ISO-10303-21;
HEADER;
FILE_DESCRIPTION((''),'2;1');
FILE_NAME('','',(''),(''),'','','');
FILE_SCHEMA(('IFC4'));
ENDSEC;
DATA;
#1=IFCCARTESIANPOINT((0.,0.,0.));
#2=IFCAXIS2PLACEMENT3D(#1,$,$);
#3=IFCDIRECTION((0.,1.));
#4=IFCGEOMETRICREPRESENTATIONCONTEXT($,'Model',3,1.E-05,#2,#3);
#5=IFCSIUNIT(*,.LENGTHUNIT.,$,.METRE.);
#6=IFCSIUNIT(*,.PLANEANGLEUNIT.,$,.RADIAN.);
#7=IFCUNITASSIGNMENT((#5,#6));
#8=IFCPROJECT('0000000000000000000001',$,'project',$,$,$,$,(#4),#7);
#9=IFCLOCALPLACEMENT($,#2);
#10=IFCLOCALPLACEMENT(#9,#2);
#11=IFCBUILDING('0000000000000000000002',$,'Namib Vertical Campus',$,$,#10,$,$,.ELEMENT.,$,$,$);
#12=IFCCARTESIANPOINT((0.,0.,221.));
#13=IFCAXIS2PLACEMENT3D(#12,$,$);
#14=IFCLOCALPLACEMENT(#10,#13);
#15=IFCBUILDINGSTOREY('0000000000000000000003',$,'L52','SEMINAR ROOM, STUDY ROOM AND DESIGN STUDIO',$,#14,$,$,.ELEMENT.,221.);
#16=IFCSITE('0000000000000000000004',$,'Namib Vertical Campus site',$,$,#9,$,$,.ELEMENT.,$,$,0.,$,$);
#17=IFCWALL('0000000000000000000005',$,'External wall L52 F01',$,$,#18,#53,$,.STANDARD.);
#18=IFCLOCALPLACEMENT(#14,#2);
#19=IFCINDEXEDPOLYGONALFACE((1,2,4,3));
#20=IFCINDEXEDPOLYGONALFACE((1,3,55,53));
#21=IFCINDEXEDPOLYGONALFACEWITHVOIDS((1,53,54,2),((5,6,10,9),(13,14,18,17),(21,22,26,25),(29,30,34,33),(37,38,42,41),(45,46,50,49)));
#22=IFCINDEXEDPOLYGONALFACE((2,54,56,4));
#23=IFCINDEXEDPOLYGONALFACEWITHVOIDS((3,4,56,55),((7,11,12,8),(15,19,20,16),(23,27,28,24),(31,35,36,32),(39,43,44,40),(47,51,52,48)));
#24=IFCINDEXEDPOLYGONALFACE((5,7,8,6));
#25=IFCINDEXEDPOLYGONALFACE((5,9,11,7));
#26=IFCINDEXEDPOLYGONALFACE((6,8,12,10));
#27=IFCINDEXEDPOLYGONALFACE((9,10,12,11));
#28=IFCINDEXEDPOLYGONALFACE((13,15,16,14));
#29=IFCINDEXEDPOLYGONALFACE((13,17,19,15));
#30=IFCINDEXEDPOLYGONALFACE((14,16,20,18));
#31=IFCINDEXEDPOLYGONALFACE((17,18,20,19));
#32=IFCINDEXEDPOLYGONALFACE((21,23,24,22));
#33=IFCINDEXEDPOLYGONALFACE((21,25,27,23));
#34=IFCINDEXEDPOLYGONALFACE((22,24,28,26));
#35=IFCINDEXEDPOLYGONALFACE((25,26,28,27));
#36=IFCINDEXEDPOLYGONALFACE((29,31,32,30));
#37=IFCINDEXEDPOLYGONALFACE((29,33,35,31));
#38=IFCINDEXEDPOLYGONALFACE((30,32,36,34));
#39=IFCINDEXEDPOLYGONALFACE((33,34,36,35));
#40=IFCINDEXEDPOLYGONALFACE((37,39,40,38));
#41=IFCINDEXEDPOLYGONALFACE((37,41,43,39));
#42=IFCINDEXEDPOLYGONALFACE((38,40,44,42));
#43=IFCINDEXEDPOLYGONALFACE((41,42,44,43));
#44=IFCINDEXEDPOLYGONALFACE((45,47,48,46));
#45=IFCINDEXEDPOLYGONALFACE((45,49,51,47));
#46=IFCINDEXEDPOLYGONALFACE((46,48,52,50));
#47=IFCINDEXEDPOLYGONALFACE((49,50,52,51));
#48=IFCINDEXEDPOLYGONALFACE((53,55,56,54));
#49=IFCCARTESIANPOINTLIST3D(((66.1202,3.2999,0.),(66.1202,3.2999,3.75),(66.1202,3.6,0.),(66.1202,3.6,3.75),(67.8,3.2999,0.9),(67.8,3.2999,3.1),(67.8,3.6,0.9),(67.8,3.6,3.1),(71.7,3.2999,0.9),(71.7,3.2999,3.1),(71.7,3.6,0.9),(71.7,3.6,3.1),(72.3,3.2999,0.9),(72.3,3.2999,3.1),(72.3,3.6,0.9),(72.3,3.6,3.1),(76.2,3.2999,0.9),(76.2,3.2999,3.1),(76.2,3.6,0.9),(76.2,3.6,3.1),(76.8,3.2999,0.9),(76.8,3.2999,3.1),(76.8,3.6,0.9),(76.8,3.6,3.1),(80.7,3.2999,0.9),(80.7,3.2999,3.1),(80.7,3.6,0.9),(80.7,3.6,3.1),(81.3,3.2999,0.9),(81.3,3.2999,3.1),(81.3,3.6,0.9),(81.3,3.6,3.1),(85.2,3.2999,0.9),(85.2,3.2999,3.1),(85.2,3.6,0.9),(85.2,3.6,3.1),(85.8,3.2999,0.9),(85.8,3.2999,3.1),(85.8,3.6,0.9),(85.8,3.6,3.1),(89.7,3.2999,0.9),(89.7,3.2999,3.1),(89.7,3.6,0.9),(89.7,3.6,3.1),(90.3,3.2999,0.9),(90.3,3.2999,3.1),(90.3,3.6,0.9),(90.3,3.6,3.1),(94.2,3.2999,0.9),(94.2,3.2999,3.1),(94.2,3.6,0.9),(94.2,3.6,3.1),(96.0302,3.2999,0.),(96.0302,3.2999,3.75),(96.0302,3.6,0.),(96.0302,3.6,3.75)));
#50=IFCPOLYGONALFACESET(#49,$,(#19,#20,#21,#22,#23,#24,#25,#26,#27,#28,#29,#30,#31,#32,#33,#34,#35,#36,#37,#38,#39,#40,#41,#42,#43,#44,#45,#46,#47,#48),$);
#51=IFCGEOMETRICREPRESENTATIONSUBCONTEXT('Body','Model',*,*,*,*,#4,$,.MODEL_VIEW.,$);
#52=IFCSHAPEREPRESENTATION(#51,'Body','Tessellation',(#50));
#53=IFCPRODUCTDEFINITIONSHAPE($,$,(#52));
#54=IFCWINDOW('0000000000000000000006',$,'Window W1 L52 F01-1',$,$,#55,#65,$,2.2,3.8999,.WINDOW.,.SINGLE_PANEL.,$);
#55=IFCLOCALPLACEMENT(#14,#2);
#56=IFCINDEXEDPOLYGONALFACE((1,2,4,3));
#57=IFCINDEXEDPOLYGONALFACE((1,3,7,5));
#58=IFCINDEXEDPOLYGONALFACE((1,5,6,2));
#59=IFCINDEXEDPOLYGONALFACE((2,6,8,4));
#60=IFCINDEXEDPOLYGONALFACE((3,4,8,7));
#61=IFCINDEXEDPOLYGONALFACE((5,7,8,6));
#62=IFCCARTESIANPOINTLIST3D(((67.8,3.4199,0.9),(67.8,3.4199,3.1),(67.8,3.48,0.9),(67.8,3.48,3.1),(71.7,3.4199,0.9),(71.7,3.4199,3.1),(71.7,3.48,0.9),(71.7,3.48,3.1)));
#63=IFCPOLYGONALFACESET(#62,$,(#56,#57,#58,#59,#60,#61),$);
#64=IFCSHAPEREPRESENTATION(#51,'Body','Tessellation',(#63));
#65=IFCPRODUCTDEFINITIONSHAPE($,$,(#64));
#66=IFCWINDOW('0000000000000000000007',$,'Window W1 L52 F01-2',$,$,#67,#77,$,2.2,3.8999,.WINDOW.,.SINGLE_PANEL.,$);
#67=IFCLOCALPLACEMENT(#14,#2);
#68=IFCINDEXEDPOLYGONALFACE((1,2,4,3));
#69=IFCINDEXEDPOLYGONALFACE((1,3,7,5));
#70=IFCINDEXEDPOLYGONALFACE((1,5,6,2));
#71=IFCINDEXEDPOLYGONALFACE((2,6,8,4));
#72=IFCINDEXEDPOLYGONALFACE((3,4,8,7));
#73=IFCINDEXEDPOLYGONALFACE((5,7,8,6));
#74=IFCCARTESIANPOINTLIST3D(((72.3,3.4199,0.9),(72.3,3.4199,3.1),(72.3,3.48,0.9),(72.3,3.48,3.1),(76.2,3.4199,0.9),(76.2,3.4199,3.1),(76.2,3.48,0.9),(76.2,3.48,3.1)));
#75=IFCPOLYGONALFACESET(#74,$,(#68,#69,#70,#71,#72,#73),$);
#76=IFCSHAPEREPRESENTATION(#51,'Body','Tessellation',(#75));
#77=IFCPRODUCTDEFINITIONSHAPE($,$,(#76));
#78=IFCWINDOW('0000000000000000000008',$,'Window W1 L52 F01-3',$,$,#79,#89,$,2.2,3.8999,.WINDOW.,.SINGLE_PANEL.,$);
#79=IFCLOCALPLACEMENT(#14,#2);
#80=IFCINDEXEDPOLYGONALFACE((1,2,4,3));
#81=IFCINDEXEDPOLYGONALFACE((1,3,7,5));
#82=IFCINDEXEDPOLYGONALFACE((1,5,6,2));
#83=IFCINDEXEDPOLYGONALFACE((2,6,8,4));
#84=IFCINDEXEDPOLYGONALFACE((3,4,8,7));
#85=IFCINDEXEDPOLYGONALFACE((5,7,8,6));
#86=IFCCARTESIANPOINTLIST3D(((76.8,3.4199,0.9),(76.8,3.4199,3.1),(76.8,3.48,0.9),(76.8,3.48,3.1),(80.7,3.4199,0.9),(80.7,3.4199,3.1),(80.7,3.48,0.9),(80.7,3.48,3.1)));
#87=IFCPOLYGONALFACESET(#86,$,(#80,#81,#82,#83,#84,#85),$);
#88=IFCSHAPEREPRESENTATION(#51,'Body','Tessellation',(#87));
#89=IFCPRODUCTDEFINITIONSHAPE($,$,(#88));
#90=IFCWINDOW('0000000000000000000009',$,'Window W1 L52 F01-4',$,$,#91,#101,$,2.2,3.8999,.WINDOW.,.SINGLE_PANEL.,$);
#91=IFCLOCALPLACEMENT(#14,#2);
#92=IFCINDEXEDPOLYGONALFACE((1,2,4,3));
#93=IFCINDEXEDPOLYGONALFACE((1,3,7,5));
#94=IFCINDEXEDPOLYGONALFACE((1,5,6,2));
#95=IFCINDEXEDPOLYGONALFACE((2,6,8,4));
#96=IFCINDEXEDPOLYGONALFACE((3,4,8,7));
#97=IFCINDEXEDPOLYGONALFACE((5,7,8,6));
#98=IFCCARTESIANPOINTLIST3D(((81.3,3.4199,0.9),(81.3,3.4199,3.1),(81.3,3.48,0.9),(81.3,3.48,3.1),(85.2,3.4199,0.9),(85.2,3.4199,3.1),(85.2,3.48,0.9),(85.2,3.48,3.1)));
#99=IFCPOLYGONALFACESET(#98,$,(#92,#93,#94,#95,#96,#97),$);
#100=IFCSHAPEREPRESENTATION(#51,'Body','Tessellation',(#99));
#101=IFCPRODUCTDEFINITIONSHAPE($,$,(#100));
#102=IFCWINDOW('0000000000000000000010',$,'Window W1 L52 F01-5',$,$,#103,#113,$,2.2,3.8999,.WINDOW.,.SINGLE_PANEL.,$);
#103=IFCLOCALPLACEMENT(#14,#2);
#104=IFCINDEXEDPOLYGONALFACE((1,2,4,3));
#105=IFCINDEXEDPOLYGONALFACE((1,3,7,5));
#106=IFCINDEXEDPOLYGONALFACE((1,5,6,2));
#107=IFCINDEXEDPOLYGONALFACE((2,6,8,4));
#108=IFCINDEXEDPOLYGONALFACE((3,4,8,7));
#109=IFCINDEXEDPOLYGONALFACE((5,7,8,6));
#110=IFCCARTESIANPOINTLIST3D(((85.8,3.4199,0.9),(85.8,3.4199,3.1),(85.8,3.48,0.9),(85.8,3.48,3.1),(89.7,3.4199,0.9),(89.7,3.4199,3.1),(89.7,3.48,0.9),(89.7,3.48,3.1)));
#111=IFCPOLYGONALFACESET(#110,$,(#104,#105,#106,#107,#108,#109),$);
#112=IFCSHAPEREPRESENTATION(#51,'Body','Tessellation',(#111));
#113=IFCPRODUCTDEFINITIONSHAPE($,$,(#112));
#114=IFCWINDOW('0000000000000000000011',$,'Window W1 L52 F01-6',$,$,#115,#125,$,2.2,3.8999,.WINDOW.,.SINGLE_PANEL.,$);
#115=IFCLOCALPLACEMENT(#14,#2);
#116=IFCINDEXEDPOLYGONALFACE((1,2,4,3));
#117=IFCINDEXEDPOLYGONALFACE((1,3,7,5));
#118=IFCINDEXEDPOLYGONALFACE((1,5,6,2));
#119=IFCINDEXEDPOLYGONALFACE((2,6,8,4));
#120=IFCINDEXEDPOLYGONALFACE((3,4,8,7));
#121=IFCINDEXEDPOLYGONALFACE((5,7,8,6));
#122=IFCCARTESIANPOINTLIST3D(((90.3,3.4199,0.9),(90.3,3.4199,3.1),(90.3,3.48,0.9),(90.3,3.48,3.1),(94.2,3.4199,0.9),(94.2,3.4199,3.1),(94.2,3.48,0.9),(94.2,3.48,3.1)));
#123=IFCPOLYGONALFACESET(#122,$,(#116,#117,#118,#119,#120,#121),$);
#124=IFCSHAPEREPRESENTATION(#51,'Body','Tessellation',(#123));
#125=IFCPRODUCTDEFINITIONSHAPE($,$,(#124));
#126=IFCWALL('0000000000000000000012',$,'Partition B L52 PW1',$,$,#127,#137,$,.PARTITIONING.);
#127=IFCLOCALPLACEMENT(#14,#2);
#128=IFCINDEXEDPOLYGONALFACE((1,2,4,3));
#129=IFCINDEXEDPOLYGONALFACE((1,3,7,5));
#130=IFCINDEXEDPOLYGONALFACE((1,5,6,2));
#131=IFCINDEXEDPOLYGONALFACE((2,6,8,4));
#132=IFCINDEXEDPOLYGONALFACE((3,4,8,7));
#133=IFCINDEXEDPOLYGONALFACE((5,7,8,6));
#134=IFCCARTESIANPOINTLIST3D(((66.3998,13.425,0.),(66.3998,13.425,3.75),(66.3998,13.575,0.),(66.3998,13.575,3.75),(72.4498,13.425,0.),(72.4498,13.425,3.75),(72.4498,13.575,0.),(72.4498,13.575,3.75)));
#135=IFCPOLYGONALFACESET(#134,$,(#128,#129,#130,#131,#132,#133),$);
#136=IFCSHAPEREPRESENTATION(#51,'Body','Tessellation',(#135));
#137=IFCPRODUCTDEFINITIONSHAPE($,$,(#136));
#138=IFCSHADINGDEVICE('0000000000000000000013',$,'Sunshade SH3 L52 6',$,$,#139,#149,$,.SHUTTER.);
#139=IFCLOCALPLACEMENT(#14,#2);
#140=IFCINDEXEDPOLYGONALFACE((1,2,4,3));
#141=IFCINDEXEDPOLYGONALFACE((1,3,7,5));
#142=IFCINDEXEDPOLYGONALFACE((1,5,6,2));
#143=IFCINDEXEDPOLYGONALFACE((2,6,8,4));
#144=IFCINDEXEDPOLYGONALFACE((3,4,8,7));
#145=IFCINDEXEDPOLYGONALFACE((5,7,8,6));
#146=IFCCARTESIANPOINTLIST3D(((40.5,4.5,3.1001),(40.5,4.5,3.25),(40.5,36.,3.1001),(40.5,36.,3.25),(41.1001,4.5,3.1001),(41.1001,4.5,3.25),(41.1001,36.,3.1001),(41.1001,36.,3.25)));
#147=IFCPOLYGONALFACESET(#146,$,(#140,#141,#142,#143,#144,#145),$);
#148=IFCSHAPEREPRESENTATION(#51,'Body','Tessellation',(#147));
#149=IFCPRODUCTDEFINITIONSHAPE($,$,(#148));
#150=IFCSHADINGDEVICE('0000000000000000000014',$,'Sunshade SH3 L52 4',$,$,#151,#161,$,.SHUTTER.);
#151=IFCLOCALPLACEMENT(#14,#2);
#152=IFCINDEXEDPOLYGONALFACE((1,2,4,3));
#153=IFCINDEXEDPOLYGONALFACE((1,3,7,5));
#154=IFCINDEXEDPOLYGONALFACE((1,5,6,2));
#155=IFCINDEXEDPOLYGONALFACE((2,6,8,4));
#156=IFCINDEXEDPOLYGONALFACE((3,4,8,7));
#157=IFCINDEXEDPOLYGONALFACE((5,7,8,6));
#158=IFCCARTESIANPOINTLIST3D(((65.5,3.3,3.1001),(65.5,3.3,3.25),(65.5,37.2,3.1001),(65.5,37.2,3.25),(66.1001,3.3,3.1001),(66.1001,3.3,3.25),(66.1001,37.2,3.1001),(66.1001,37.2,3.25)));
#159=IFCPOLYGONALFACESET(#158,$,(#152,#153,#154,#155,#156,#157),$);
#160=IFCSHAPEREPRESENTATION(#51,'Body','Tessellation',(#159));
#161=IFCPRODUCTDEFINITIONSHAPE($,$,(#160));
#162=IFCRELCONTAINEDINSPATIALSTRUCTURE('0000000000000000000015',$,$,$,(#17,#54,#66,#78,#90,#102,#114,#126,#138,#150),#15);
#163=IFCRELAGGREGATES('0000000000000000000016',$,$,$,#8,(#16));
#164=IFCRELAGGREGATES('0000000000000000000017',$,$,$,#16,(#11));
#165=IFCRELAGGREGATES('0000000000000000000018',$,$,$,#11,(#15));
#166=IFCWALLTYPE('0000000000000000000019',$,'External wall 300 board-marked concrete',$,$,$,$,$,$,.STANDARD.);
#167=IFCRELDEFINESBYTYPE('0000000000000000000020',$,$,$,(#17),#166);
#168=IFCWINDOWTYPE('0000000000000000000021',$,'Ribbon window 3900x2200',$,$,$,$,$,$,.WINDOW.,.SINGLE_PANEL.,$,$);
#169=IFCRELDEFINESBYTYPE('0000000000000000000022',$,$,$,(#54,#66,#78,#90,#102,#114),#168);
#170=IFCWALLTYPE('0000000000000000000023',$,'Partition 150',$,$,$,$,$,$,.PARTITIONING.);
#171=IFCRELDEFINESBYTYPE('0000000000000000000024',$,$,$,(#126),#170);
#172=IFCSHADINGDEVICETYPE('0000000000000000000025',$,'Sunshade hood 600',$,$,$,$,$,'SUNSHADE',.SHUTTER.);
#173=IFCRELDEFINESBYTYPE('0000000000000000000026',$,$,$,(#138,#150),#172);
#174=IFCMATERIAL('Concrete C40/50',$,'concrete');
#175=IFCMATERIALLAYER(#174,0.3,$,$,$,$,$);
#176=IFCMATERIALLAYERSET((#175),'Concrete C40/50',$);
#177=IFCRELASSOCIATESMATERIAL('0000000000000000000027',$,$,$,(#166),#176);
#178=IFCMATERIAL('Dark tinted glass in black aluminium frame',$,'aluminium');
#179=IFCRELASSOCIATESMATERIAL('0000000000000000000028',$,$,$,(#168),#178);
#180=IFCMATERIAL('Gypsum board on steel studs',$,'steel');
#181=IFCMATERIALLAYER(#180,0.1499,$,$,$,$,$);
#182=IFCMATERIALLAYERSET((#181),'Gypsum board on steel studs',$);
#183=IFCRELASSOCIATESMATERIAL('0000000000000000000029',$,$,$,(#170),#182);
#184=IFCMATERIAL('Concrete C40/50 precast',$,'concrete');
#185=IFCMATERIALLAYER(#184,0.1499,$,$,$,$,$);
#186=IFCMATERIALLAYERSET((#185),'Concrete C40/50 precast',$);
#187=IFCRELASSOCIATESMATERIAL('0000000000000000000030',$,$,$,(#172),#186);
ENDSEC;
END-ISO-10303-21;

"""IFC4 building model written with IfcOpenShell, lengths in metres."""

from ifc_helpers import new_model, si_unit, direction, frame, frame_2d, origin, origin_2d, place, context, subcontext, project, spatial, rectangle, extrude, material, layer, layer_set, type_object, element, fill, save


model = new_model("IFC4")

# Units and contexts
model_context = context("Model", 3, precision=1e-05, world=origin(), true_north=direction((0.0, 1.0)))
body_context = subcontext(model_context, "Body", "Model", "MODEL_VIEW")
ifc_project = project(units=[si_unit("LENGTHUNIT", "METRE"), si_unit("PLANEANGLEUNIT", "RADIAN")], contexts=[model_context])

# Site, building, storey
site_placement = place(None, origin())
site = spatial("IfcSite", under=ifc_project, at=site_placement, Name="Namib Vertical Campus site", CompositionType="ELEMENT", RefElevation=0.0)
building_placement = place(site_placement, origin())
building = spatial("IfcBuilding", under=site, at=building_placement, Name="Namib Vertical Campus", CompositionType="ELEMENT")
storey_placement = place(building_placement, frame((0.0, 0.0, 221.0)))
storey = spatial("IfcBuildingStorey", under=building, at=storey_placement, Name="L52", Description="SEMINAR ROOM, STUDY ROOM AND DESIGN STUDIO", CompositionType="ELEMENT", Elevation=221.0)

# Wall, openings, windows
ifc_material_1 = material(Name="Concrete C40/50", Category="concrete")
ifc_layer_1 = layer(ifc_material_1, 0.3)
ifc_layer_set_1 = layer_set([ifc_layer_1], Name="Concrete C40/50")
wall_type_1 = type_object("IfcWallType", Name="External wall 300 board-marked concrete", PredefinedType="STANDARD", material=ifc_layer_set_1)
wall_1_placement = place(storey_placement, frame((66.1201, 3.45, 0.0), z_axis=(0.0, 0.0, 1.0), x_axis=(1.0, 0.0, 0.0)))
wall_1 = element("IfcWall", 1, at=wall_1_placement, inside=storey, type_object=wall_type_1, Name="External wall L52 F01", PredefinedType="STANDARD", context=body_context, shape_type="SweptSolid", body=[
    extrude(rectangle(XDim=29.9099, YDim=0.3, at=frame_2d((14.9551, 0.0))), origin(), (0.0, 0.0, 1.0), 3.75),
])
opening_1_placement = place(wall_1_placement, frame((1.6799, 0.0, 0.8999)))
opening_1 = element("IfcOpeningElement", 2, at=opening_1_placement, cuts=wall_1, PredefinedType="OPENING", context=body_context, shape_type="SweptSolid", body=[
    extrude(rectangle(XDim=3.8999, YDim=2.2, at=frame_2d((1.95, 1.1001))), frame((0.0, 0.1599, 0.0), z_axis=(0.0, -1.0, 0.0), x_axis=(1.0, 0.0, 0.0)), (0.0, 0.0, 1.0), 0.3201),
])
opening_2_placement = place(wall_1_placement, frame((6.1799, 0.0, 0.8999)))
opening_2 = element("IfcOpeningElement", 3, at=opening_2_placement, cuts=wall_1, PredefinedType="OPENING", context=body_context, shape_type="SweptSolid", body=[
    extrude(rectangle(XDim=3.8999, YDim=2.2, at=frame_2d((1.95, 1.1001))), frame((0.0, 0.1599, 0.0), z_axis=(0.0, -1.0, 0.0), x_axis=(1.0, 0.0, 0.0)), (0.0, 0.0, 1.0), 0.3201),
])
opening_3_placement = place(wall_1_placement, frame((10.6799, 0.0, 0.8999)))
opening_3 = element("IfcOpeningElement", 4, at=opening_3_placement, cuts=wall_1, PredefinedType="OPENING", context=body_context, shape_type="SweptSolid", body=[
    extrude(rectangle(XDim=3.8999, YDim=2.2, at=frame_2d((1.95, 1.1001))), frame((0.0, 0.1599, 0.0), z_axis=(0.0, -1.0, 0.0), x_axis=(1.0, 0.0, 0.0)), (0.0, 0.0, 1.0), 0.3201),
])
opening_4_placement = place(wall_1_placement, frame((15.1799, 0.0, 0.8999)))
opening_4 = element("IfcOpeningElement", 5, at=opening_4_placement, cuts=wall_1, PredefinedType="OPENING", context=body_context, shape_type="SweptSolid", body=[
    extrude(rectangle(XDim=3.8999, YDim=2.2, at=frame_2d((1.95, 1.1001))), frame((0.0, 0.1599, 0.0), z_axis=(0.0, -1.0, 0.0), x_axis=(1.0, 0.0, 0.0)), (0.0, 0.0, 1.0), 0.3201),
])
opening_5_placement = place(wall_1_placement, frame((19.6799, 0.0, 0.8999)))
opening_5 = element("IfcOpeningElement", 6, at=opening_5_placement, cuts=wall_1, PredefinedType="OPENING", context=body_context, shape_type="SweptSolid", body=[
    extrude(rectangle(XDim=3.8999, YDim=2.2, at=frame_2d((1.95, 1.1001))), frame((0.0, 0.1599, 0.0), z_axis=(0.0, -1.0, 0.0), x_axis=(1.0, 0.0, 0.0)), (0.0, 0.0, 1.0), 0.3201),
])
opening_6_placement = place(wall_1_placement, frame((24.1799, 0.0, 0.8999)))
opening_6 = element("IfcOpeningElement", 7, at=opening_6_placement, cuts=wall_1, PredefinedType="OPENING", context=body_context, shape_type="SweptSolid", body=[
    extrude(rectangle(XDim=3.8999, YDim=2.2, at=frame_2d((1.95, 1.1001))), frame((0.0, 0.1599, 0.0), z_axis=(0.0, -1.0, 0.0), x_axis=(1.0, 0.0, 0.0)), (0.0, 0.0, 1.0), 0.3201),
])
ifc_material_2 = material(Name="Dark tinted glass in black aluminium frame", Category="aluminium")
window_type = type_object("IfcWindowType", Name="Ribbon window 3900x2200", PartitioningType="SINGLE_PANEL", PredefinedType="WINDOW", material=ifc_material_2)
window_1_placement = place(opening_1_placement, origin())
window_1 = element("IfcWindow", 8, at=window_1_placement, inside=storey, type_object=window_type, Name="Window W1 L52 F01-1", OverallHeight=2.2, OverallWidth=3.8999, PartitioningType="SINGLE_PANEL", PredefinedType="WINDOW", context=body_context, shape_type="SweptSolid", body=[
    extrude(rectangle(XDim=3.8999, YDim=2.2, at=frame_2d((1.95, 1.1001))), frame((0.0, 0.03, 0.0), z_axis=(0.0, -1.0, 0.0), x_axis=(1.0, 0.0, 0.0)), (0.0, 0.0, 1.0), 0.0601),
])
fill(opening_1, window_1)
window_2_placement = place(opening_2_placement, origin())
window_2 = element("IfcWindow", 9, at=window_2_placement, inside=storey, type_object=window_type, Name="Window W1 L52 F01-2", OverallHeight=2.2, OverallWidth=3.8999, PartitioningType="SINGLE_PANEL", PredefinedType="WINDOW", context=body_context, shape_type="SweptSolid", body=[
    extrude(rectangle(XDim=3.8999, YDim=2.2, at=frame_2d((1.95, 1.1001))), frame((0.0, 0.03, 0.0), z_axis=(0.0, -1.0, 0.0), x_axis=(1.0, 0.0, 0.0)), (0.0, 0.0, 1.0), 0.0601),
])
fill(opening_2, window_2)
window_3_placement = place(opening_3_placement, origin())
window_3 = element("IfcWindow", 10, at=window_3_placement, inside=storey, type_object=window_type, Name="Window W1 L52 F01-3", OverallHeight=2.2, OverallWidth=3.8999, PartitioningType="SINGLE_PANEL", PredefinedType="WINDOW", context=body_context, shape_type="SweptSolid", body=[
    extrude(rectangle(XDim=3.8999, YDim=2.2, at=frame_2d((1.95, 1.1001))), frame((0.0, 0.03, 0.0), z_axis=(0.0, -1.0, 0.0), x_axis=(1.0, 0.0, 0.0)), (0.0, 0.0, 1.0), 0.0601),
])
fill(opening_3, window_3)
window_4_placement = place(opening_4_placement, origin())
window_4 = element("IfcWindow", 11, at=window_4_placement, inside=storey, type_object=window_type, Name="Window W1 L52 F01-4", OverallHeight=2.2, OverallWidth=3.8999, PartitioningType="SINGLE_PANEL", PredefinedType="WINDOW", context=body_context, shape_type="SweptSolid", body=[
    extrude(rectangle(XDim=3.8999, YDim=2.2, at=frame_2d((1.95, 1.1001))), frame((0.0, 0.03, 0.0), z_axis=(0.0, -1.0, 0.0), x_axis=(1.0, 0.0, 0.0)), (0.0, 0.0, 1.0), 0.0601),
])
fill(opening_4, window_4)
window_5_placement = place(opening_5_placement, origin())
window_5 = element("IfcWindow", 12, at=window_5_placement, inside=storey, type_object=window_type, Name="Window W1 L52 F01-5", OverallHeight=2.2, OverallWidth=3.8999, PartitioningType="SINGLE_PANEL", PredefinedType="WINDOW", context=body_context, shape_type="SweptSolid", body=[
    extrude(rectangle(XDim=3.8999, YDim=2.2, at=frame_2d((1.95, 1.1001))), frame((0.0, 0.03, 0.0), z_axis=(0.0, -1.0, 0.0), x_axis=(1.0, 0.0, 0.0)), (0.0, 0.0, 1.0), 0.0601),
])
fill(opening_5, window_5)
window_6_placement = place(opening_6_placement, origin())
window_6 = element("IfcWindow", 13, at=window_6_placement, inside=storey, type_object=window_type, Name="Window W1 L52 F01-6", OverallHeight=2.2, OverallWidth=3.8999, PartitioningType="SINGLE_PANEL", PredefinedType="WINDOW", context=body_context, shape_type="SweptSolid", body=[
    extrude(rectangle(XDim=3.8999, YDim=2.2, at=frame_2d((1.95, 1.1001))), frame((0.0, 0.03, 0.0), z_axis=(0.0, -1.0, 0.0), x_axis=(1.0, 0.0, 0.0)), (0.0, 0.0, 1.0), 0.0601),
])
fill(opening_6, window_6)

# Wall
ifc_material_3 = material(Name="Gypsum board on steel studs", Category="steel")
ifc_layer_2 = layer(ifc_material_3, 0.1499)
ifc_layer_set_2 = layer_set([ifc_layer_2], Name="Gypsum board on steel studs")
wall_type_2 = type_object("IfcWallType", Name="Partition 150", PredefinedType="PARTITIONING", material=ifc_layer_set_2)
wall_2_placement = place(storey_placement, frame((66.3999, 13.5, 0.0), z_axis=(0.0, 0.0, 1.0), x_axis=(1.0, 0.0, 0.0)))
element("IfcWall", 14, at=wall_2_placement, inside=storey, type_object=wall_type_2, Name="Partition B L52 PW1", PredefinedType="PARTITIONING", context=body_context, shape_type="SweptSolid", body=[
    extrude(rectangle(XDim=6.05, YDim=0.1499, at=frame_2d((3.0249, 0.0))), origin(), (0.0, 0.0, 1.0), 3.75),
])

# Shading devices
ifc_material_4 = material(Name="Concrete C40/50 precast", Category="concrete")
ifc_layer_3 = layer(ifc_material_4, 0.1499)
ifc_layer_set_3 = layer_set([ifc_layer_3], Name="Concrete C40/50 precast")
shading_device_type = type_object("IfcShadingDeviceType", Name="Sunshade hood 600", ElementType="SUNSHADE", PredefinedType="SHUTTER", material=ifc_layer_set_3)
shading_device_1_placement = place(storey_placement, frame((40.8, 20.25, 3.1001), z_axis=(0.0, 0.0, 1.0), x_axis=(0.0, 1.0, 0.0)))
element("IfcShadingDevice", 15, at=shading_device_1_placement, inside=storey, type_object=shading_device_type, Name="Sunshade SH3 L52 6", PredefinedType="SHUTTER", context=body_context, shape_type="SweptSolid", body=[
    extrude(rectangle(XDim=31.5, YDim=0.6001, at=origin_2d()), origin(), (0.0, 0.0, 1.0), 0.1499),
])
shading_device_2_placement = place(storey_placement, frame((65.8, 20.25, 3.1001), z_axis=(0.0, 0.0, 1.0), x_axis=(0.0, -1.0, 0.0)))
element("IfcShadingDevice", 16, at=shading_device_2_placement, inside=storey, type_object=shading_device_type, Name="Sunshade SH3 L52 4", PredefinedType="SHUTTER", context=body_context, shape_type="SweptSolid", body=[
    extrude(rectangle(XDim=33.8999, YDim=0.6001, at=origin_2d()), origin(), (0.0, 0.0, 1.0), 0.1499),
])

save(model, "model.ifc")
